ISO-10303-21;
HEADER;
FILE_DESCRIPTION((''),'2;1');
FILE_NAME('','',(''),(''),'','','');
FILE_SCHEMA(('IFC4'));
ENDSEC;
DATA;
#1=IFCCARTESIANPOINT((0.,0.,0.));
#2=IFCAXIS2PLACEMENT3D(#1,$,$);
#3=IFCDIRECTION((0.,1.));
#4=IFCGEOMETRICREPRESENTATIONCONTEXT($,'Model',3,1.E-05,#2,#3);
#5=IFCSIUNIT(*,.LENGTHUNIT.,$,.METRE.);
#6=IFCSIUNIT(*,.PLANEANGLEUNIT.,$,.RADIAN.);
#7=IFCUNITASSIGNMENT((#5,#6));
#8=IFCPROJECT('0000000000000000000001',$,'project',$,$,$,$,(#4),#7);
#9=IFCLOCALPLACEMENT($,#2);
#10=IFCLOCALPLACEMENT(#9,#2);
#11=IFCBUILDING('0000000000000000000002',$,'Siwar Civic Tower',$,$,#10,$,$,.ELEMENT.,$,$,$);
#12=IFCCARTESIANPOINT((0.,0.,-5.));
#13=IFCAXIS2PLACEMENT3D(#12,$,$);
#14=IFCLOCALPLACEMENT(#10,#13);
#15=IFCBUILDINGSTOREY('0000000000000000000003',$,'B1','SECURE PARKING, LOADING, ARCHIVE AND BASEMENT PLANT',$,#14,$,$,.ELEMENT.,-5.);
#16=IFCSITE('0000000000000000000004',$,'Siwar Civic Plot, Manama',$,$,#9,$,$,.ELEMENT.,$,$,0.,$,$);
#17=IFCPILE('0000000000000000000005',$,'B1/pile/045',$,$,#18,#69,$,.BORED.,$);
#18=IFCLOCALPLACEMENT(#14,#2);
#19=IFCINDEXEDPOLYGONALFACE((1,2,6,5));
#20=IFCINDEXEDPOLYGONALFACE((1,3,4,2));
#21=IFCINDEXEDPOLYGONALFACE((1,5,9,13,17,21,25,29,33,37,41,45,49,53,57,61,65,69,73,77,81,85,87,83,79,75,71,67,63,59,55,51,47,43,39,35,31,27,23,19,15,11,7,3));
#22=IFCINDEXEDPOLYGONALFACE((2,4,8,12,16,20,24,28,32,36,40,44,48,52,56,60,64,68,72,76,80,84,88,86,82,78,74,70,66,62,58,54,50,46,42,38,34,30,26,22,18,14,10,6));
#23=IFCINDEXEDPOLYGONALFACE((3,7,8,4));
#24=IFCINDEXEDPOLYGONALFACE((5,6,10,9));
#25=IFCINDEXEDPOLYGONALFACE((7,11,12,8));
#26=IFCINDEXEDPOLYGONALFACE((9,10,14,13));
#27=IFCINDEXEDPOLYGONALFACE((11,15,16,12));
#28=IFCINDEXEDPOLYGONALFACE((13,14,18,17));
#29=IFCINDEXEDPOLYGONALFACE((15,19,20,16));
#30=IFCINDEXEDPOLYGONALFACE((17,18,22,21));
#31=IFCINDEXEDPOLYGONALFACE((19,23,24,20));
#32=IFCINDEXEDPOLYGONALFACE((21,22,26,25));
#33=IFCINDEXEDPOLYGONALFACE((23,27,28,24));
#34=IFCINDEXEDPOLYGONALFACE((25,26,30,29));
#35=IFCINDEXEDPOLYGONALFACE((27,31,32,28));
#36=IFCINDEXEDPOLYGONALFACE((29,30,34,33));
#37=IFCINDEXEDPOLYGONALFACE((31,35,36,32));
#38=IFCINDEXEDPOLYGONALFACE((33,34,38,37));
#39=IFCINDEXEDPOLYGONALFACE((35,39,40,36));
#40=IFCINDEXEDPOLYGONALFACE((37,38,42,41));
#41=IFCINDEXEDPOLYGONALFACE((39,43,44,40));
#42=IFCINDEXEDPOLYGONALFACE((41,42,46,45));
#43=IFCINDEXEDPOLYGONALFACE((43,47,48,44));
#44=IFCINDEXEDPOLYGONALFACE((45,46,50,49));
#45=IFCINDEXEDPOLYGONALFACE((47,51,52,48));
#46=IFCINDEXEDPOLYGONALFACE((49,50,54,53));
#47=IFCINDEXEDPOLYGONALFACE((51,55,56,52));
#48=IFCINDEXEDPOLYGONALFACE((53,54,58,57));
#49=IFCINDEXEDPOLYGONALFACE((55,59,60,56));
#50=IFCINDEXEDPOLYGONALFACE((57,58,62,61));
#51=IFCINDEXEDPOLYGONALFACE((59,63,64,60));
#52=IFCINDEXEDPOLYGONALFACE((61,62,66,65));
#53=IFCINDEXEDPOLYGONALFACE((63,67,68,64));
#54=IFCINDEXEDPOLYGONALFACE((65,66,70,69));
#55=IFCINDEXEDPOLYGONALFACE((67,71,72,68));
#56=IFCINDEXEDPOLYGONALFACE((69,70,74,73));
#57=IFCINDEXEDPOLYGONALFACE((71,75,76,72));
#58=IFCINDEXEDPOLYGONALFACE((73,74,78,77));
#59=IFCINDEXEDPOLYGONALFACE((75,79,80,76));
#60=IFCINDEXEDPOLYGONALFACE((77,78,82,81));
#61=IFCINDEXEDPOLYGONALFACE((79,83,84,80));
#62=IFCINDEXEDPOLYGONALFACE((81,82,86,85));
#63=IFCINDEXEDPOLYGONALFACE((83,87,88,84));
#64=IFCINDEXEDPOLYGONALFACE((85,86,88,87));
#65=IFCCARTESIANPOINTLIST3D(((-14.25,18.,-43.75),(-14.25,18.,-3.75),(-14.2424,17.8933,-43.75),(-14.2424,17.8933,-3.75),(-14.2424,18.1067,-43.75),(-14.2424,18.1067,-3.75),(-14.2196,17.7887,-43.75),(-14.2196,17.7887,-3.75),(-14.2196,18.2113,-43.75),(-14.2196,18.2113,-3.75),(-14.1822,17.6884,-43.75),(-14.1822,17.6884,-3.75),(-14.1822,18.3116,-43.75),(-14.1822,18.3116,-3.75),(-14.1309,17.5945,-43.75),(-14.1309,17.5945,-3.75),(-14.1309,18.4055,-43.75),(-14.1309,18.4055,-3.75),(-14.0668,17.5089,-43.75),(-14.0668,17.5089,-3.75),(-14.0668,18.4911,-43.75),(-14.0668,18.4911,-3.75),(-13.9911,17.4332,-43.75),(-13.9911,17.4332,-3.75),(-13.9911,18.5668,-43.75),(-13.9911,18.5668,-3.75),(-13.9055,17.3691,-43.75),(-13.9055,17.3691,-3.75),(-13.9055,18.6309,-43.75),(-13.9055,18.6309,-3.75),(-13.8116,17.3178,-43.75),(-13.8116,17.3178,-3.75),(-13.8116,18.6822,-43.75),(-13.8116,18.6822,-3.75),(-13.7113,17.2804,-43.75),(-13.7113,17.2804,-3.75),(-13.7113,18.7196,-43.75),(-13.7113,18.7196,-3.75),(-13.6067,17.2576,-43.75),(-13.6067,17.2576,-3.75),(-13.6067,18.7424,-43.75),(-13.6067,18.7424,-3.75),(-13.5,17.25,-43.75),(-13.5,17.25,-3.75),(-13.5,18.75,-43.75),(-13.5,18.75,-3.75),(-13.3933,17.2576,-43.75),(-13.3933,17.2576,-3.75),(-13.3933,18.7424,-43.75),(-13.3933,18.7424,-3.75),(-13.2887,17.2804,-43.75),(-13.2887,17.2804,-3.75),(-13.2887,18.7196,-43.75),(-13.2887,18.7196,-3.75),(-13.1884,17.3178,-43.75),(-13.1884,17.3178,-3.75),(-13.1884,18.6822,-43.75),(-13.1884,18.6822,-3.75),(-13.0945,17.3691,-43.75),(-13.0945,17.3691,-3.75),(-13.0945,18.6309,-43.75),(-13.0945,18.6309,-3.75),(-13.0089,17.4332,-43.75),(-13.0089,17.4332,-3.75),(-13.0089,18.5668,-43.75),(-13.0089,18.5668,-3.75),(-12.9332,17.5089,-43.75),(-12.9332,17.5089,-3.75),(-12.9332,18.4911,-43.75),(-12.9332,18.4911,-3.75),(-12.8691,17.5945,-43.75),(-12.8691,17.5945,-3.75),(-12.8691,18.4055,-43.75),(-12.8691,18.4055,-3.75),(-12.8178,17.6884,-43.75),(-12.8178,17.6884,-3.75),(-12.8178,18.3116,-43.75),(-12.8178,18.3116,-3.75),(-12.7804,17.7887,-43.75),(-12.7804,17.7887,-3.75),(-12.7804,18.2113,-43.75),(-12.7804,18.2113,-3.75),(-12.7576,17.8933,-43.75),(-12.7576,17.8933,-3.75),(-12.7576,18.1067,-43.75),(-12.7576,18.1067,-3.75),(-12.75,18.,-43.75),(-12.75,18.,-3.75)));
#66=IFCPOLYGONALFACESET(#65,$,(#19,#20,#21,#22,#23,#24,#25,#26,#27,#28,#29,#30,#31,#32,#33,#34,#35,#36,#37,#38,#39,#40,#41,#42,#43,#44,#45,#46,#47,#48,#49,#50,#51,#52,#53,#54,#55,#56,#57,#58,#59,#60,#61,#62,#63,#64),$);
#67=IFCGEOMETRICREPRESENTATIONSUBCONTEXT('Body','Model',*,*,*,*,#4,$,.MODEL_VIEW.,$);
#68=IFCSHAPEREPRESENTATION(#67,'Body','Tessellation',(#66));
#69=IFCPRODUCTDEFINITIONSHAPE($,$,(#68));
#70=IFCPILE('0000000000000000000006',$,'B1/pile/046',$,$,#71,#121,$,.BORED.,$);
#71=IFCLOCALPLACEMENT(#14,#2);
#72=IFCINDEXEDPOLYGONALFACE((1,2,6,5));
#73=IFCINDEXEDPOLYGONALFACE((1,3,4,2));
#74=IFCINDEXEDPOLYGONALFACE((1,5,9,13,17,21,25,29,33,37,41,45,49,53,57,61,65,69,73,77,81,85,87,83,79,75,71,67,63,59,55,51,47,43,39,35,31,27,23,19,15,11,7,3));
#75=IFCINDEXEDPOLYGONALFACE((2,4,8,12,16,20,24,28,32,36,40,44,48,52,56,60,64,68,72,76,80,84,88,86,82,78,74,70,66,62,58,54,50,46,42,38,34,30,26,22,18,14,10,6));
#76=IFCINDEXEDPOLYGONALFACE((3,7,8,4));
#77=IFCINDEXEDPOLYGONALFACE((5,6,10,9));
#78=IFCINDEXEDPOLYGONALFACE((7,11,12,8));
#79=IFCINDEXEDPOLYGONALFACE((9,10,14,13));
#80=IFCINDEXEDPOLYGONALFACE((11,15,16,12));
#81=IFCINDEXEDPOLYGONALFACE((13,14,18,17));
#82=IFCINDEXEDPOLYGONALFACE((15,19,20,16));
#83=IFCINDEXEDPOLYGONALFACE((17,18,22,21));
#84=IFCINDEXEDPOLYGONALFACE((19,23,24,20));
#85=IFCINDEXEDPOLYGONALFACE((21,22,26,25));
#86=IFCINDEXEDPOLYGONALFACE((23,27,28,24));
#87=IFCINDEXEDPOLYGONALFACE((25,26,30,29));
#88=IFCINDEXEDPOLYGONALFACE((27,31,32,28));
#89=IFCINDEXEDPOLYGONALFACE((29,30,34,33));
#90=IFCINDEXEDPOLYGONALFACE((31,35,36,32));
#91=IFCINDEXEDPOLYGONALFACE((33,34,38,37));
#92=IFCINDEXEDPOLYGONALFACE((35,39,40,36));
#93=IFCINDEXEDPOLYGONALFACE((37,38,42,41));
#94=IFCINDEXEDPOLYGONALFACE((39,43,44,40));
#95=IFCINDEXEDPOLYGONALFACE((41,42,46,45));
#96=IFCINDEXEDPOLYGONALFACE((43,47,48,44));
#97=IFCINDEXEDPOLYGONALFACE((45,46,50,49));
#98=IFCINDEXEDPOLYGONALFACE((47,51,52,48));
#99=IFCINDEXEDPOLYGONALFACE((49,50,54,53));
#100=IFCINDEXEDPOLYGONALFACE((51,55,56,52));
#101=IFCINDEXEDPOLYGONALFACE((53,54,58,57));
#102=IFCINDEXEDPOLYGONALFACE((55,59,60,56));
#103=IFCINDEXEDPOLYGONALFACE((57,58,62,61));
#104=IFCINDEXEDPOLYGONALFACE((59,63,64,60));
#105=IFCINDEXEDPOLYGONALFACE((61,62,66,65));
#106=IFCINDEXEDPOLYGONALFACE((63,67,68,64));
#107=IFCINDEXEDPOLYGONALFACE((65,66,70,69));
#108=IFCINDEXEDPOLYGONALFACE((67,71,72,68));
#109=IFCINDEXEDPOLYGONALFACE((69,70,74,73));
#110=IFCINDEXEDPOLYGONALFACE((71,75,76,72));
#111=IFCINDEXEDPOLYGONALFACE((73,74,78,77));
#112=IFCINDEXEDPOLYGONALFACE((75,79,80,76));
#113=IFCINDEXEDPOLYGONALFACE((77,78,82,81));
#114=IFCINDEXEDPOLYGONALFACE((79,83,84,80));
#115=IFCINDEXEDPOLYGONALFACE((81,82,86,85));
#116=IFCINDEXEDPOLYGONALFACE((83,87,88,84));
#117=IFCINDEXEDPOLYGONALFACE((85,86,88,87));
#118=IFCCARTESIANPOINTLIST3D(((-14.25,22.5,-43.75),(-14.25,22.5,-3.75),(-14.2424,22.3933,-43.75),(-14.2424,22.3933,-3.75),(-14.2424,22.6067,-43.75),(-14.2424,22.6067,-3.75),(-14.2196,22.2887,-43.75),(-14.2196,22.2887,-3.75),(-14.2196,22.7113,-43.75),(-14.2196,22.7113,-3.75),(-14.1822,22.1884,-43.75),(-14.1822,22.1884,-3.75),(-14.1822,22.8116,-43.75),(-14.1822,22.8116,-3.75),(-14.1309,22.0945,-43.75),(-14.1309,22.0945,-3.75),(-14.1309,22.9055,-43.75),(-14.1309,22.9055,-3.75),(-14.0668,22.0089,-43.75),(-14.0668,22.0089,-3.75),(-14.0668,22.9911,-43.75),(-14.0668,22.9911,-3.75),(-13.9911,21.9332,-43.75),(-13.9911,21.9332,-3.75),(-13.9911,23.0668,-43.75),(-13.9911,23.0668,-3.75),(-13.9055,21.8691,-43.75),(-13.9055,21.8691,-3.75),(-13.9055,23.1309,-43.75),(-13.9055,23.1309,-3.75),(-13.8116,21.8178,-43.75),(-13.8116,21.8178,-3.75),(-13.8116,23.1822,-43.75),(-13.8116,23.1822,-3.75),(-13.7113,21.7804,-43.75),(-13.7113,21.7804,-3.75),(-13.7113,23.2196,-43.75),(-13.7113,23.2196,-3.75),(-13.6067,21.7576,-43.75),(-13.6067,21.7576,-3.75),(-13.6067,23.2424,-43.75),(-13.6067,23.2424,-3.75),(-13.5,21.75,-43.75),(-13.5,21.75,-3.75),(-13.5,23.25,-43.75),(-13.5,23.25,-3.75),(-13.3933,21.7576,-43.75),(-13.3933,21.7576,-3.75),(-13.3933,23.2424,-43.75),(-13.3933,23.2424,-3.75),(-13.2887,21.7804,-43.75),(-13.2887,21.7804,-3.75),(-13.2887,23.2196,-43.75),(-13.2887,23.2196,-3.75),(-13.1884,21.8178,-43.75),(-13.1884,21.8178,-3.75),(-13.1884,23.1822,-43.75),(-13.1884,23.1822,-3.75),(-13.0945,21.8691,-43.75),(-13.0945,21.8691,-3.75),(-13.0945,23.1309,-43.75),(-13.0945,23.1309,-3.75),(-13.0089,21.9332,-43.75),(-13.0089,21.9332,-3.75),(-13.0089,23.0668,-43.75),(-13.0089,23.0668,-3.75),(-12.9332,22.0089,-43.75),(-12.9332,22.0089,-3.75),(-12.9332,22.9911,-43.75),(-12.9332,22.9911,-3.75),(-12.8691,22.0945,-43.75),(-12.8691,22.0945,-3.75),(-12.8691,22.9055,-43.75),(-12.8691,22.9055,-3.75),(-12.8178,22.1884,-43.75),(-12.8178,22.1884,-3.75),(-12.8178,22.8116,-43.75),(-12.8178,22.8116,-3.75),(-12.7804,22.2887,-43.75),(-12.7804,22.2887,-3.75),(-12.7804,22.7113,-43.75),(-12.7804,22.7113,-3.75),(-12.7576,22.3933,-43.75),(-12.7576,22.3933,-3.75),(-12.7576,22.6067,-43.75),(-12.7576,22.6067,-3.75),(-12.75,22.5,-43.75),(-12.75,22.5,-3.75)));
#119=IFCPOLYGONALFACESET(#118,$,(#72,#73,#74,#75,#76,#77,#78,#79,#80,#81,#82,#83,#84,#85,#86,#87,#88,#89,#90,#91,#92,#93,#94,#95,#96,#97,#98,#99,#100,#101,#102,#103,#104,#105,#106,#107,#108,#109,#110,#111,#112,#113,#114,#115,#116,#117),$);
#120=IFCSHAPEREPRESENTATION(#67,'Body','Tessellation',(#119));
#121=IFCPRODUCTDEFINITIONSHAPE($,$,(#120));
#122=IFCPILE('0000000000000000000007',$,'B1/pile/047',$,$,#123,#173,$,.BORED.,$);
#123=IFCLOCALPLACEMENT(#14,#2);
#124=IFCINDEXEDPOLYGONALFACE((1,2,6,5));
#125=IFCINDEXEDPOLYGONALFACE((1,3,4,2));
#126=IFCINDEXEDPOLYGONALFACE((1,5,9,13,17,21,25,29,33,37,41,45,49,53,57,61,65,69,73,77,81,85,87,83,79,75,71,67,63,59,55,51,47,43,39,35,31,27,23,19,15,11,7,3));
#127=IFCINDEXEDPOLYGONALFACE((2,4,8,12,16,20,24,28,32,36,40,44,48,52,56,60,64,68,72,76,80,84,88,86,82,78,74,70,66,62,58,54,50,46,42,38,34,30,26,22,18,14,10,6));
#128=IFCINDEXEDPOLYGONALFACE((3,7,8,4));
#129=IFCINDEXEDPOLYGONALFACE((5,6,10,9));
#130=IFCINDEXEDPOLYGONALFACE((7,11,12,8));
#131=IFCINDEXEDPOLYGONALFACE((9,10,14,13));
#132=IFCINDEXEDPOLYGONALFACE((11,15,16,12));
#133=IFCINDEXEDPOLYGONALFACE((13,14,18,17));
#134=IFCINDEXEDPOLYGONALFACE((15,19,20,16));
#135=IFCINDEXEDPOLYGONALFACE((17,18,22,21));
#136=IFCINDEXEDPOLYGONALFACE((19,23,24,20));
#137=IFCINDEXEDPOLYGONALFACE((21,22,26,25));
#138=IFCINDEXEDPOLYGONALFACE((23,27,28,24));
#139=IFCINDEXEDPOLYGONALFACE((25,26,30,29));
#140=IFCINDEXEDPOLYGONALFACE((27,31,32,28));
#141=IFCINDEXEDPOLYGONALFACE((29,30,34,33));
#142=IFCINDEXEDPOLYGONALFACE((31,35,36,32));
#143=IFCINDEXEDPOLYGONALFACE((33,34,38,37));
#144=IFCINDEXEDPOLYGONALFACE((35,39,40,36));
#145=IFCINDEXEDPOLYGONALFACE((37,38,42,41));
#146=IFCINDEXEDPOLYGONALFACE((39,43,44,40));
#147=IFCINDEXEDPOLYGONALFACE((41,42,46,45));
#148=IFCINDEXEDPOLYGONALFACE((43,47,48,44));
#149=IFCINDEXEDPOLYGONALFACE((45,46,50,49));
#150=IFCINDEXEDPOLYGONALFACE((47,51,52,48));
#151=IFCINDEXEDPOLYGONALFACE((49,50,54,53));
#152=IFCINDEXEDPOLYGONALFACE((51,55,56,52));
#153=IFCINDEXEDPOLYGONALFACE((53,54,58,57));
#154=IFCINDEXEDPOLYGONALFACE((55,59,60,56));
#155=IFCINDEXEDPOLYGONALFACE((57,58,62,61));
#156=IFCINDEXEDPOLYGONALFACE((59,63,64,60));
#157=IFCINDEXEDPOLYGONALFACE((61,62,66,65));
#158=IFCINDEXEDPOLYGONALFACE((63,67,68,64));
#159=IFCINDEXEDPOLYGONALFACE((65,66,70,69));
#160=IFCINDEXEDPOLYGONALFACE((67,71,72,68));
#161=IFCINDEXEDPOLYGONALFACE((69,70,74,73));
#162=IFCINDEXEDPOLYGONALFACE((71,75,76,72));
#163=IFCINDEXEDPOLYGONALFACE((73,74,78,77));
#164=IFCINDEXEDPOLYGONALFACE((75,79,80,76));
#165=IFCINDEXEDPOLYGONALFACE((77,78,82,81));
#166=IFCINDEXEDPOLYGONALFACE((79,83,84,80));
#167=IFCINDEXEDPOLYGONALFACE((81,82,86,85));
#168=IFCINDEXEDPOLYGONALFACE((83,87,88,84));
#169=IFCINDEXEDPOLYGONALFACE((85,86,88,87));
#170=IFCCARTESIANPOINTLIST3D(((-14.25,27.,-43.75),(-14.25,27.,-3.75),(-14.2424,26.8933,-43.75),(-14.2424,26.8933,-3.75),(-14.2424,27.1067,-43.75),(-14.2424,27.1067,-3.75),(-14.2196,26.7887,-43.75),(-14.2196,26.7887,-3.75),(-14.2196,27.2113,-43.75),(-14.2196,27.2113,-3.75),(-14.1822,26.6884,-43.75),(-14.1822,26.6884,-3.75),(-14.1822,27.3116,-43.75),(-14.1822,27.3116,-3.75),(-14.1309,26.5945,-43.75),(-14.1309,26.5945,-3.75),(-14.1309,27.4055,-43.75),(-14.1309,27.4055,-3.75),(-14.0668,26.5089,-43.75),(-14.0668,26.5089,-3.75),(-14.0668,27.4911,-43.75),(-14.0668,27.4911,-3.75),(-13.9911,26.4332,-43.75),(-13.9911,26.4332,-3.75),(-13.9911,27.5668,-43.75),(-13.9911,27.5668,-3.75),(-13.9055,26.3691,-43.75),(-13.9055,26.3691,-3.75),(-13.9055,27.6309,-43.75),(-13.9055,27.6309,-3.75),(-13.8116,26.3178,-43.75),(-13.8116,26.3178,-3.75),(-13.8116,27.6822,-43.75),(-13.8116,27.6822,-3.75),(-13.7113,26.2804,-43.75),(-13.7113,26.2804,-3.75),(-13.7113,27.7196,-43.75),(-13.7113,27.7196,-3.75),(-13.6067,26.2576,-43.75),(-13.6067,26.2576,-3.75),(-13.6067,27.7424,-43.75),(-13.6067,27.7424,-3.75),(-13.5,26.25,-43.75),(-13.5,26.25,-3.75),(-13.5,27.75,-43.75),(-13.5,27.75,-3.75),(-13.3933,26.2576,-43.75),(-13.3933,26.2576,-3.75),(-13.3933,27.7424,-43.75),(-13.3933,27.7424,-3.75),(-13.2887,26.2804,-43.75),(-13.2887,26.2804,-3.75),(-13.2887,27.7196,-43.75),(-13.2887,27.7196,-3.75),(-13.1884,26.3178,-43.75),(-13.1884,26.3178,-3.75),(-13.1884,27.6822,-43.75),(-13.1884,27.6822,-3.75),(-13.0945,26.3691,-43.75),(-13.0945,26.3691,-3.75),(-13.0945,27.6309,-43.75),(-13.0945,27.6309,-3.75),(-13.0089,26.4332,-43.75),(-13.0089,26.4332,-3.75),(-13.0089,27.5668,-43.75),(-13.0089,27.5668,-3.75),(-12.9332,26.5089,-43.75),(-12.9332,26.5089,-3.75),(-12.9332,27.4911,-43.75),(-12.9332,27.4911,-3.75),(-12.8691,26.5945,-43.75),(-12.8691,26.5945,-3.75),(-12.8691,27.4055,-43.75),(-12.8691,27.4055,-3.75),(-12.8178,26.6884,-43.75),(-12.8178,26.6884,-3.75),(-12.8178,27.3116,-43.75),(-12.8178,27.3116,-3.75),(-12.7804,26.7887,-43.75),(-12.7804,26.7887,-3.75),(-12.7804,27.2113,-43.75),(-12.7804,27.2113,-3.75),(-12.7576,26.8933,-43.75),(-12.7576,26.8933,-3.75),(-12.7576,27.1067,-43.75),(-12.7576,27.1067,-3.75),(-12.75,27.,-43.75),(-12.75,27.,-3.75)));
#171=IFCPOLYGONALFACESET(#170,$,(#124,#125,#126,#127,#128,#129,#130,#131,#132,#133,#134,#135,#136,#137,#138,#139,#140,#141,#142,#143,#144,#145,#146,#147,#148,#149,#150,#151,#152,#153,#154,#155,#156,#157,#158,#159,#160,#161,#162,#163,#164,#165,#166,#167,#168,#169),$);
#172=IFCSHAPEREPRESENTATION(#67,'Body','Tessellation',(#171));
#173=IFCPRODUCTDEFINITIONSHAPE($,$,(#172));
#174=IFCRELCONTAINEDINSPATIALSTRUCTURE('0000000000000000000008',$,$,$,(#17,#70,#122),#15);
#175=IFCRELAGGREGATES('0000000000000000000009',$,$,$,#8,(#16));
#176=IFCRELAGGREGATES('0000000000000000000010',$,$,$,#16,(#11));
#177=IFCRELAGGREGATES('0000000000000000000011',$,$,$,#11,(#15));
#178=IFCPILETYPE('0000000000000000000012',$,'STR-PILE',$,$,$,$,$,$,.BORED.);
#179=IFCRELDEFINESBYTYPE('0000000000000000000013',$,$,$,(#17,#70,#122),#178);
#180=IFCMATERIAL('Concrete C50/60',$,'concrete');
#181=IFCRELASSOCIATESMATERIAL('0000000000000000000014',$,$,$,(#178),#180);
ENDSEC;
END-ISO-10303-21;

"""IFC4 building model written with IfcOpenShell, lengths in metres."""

from ifc_helpers import new_model, si_unit, direction, frame, origin, origin_2d, place, context, subcontext, project, spatial, circle, extrude, material, material_profile, profile_set, type_object, element, save


model = new_model("IFC4")

# Units and contexts
model_context = context("Model", 3, precision=1e-05, world=origin(), true_north=direction((0.0, 1.0)))
body_context = subcontext(model_context, "Body", "Model", "MODEL_VIEW")
ifc_project = project(units=[si_unit("LENGTHUNIT", "METRE"), si_unit("PLANEANGLEUNIT", "RADIAN")], contexts=[model_context])

# Site, building, storey
site_placement = place(None, origin())
site = spatial("IfcSite", under=ifc_project, at=site_placement, Name="Siwar Civic Plot, Manama", CompositionType="ELEMENT", RefElevation=0.0)
building_placement = place(site_placement, origin())
building = spatial("IfcBuilding", under=site, at=building_placement, Name="Siwar Civic Tower", CompositionType="ELEMENT")
storey_placement = place(building_placement, frame((0.0, 0.0, -5.0)))
storey = spatial("IfcBuildingStorey", under=building, at=storey_placement, Name="B1", Description="SECURE PARKING, LOADING, ARCHIVE AND BASEMENT PLANT", CompositionType="ELEMENT", Elevation=-5.0)

# Piles
ifc_material_1 = material(Name="Concrete C50/60", Category="concrete")
ifc_material_profile_1 = material_profile(ifc_material_1, circle(Radius=0.75, at=origin_2d()), Name="PILE1500")
ifc_profile_set_1 = profile_set([ifc_material_profile_1], Name="Concrete C50/60")
pile_type = type_object("IfcPileType", Name="STR-PILE", PredefinedType="BORED", material=ifc_profile_set_1)
for number, where, z_axis, x_axis, name in (
    (1, (-13.5, 18.0, -3.75), (0.0, 0.0, -1.0), (1.0, 0.0, 0.0), "B1/pile/045"),
    (2, (-13.5, 22.5, -3.75), (0.0, 0.0, -1.0), (1.0, 0.0, 0.0), "B1/pile/046"),
    (3, (-13.5, 27.0, -3.75), (0.0, 0.0, -1.0), (1.0, 0.0, 0.0), "B1/pile/047"),
):
    element("IfcPile", number, at=place(storey_placement, frame(where, z_axis=z_axis, x_axis=x_axis)), inside=storey, type_object=pile_type, Name=name, PredefinedType="BORED", context=body_context, shape_type="SweptSolid", body=[
        extrude(circle(Radius=0.75, at=origin_2d()), origin(), (0.0, 0.0, 1.0), 40.0),
    ])

save(model, "model.ifc")
